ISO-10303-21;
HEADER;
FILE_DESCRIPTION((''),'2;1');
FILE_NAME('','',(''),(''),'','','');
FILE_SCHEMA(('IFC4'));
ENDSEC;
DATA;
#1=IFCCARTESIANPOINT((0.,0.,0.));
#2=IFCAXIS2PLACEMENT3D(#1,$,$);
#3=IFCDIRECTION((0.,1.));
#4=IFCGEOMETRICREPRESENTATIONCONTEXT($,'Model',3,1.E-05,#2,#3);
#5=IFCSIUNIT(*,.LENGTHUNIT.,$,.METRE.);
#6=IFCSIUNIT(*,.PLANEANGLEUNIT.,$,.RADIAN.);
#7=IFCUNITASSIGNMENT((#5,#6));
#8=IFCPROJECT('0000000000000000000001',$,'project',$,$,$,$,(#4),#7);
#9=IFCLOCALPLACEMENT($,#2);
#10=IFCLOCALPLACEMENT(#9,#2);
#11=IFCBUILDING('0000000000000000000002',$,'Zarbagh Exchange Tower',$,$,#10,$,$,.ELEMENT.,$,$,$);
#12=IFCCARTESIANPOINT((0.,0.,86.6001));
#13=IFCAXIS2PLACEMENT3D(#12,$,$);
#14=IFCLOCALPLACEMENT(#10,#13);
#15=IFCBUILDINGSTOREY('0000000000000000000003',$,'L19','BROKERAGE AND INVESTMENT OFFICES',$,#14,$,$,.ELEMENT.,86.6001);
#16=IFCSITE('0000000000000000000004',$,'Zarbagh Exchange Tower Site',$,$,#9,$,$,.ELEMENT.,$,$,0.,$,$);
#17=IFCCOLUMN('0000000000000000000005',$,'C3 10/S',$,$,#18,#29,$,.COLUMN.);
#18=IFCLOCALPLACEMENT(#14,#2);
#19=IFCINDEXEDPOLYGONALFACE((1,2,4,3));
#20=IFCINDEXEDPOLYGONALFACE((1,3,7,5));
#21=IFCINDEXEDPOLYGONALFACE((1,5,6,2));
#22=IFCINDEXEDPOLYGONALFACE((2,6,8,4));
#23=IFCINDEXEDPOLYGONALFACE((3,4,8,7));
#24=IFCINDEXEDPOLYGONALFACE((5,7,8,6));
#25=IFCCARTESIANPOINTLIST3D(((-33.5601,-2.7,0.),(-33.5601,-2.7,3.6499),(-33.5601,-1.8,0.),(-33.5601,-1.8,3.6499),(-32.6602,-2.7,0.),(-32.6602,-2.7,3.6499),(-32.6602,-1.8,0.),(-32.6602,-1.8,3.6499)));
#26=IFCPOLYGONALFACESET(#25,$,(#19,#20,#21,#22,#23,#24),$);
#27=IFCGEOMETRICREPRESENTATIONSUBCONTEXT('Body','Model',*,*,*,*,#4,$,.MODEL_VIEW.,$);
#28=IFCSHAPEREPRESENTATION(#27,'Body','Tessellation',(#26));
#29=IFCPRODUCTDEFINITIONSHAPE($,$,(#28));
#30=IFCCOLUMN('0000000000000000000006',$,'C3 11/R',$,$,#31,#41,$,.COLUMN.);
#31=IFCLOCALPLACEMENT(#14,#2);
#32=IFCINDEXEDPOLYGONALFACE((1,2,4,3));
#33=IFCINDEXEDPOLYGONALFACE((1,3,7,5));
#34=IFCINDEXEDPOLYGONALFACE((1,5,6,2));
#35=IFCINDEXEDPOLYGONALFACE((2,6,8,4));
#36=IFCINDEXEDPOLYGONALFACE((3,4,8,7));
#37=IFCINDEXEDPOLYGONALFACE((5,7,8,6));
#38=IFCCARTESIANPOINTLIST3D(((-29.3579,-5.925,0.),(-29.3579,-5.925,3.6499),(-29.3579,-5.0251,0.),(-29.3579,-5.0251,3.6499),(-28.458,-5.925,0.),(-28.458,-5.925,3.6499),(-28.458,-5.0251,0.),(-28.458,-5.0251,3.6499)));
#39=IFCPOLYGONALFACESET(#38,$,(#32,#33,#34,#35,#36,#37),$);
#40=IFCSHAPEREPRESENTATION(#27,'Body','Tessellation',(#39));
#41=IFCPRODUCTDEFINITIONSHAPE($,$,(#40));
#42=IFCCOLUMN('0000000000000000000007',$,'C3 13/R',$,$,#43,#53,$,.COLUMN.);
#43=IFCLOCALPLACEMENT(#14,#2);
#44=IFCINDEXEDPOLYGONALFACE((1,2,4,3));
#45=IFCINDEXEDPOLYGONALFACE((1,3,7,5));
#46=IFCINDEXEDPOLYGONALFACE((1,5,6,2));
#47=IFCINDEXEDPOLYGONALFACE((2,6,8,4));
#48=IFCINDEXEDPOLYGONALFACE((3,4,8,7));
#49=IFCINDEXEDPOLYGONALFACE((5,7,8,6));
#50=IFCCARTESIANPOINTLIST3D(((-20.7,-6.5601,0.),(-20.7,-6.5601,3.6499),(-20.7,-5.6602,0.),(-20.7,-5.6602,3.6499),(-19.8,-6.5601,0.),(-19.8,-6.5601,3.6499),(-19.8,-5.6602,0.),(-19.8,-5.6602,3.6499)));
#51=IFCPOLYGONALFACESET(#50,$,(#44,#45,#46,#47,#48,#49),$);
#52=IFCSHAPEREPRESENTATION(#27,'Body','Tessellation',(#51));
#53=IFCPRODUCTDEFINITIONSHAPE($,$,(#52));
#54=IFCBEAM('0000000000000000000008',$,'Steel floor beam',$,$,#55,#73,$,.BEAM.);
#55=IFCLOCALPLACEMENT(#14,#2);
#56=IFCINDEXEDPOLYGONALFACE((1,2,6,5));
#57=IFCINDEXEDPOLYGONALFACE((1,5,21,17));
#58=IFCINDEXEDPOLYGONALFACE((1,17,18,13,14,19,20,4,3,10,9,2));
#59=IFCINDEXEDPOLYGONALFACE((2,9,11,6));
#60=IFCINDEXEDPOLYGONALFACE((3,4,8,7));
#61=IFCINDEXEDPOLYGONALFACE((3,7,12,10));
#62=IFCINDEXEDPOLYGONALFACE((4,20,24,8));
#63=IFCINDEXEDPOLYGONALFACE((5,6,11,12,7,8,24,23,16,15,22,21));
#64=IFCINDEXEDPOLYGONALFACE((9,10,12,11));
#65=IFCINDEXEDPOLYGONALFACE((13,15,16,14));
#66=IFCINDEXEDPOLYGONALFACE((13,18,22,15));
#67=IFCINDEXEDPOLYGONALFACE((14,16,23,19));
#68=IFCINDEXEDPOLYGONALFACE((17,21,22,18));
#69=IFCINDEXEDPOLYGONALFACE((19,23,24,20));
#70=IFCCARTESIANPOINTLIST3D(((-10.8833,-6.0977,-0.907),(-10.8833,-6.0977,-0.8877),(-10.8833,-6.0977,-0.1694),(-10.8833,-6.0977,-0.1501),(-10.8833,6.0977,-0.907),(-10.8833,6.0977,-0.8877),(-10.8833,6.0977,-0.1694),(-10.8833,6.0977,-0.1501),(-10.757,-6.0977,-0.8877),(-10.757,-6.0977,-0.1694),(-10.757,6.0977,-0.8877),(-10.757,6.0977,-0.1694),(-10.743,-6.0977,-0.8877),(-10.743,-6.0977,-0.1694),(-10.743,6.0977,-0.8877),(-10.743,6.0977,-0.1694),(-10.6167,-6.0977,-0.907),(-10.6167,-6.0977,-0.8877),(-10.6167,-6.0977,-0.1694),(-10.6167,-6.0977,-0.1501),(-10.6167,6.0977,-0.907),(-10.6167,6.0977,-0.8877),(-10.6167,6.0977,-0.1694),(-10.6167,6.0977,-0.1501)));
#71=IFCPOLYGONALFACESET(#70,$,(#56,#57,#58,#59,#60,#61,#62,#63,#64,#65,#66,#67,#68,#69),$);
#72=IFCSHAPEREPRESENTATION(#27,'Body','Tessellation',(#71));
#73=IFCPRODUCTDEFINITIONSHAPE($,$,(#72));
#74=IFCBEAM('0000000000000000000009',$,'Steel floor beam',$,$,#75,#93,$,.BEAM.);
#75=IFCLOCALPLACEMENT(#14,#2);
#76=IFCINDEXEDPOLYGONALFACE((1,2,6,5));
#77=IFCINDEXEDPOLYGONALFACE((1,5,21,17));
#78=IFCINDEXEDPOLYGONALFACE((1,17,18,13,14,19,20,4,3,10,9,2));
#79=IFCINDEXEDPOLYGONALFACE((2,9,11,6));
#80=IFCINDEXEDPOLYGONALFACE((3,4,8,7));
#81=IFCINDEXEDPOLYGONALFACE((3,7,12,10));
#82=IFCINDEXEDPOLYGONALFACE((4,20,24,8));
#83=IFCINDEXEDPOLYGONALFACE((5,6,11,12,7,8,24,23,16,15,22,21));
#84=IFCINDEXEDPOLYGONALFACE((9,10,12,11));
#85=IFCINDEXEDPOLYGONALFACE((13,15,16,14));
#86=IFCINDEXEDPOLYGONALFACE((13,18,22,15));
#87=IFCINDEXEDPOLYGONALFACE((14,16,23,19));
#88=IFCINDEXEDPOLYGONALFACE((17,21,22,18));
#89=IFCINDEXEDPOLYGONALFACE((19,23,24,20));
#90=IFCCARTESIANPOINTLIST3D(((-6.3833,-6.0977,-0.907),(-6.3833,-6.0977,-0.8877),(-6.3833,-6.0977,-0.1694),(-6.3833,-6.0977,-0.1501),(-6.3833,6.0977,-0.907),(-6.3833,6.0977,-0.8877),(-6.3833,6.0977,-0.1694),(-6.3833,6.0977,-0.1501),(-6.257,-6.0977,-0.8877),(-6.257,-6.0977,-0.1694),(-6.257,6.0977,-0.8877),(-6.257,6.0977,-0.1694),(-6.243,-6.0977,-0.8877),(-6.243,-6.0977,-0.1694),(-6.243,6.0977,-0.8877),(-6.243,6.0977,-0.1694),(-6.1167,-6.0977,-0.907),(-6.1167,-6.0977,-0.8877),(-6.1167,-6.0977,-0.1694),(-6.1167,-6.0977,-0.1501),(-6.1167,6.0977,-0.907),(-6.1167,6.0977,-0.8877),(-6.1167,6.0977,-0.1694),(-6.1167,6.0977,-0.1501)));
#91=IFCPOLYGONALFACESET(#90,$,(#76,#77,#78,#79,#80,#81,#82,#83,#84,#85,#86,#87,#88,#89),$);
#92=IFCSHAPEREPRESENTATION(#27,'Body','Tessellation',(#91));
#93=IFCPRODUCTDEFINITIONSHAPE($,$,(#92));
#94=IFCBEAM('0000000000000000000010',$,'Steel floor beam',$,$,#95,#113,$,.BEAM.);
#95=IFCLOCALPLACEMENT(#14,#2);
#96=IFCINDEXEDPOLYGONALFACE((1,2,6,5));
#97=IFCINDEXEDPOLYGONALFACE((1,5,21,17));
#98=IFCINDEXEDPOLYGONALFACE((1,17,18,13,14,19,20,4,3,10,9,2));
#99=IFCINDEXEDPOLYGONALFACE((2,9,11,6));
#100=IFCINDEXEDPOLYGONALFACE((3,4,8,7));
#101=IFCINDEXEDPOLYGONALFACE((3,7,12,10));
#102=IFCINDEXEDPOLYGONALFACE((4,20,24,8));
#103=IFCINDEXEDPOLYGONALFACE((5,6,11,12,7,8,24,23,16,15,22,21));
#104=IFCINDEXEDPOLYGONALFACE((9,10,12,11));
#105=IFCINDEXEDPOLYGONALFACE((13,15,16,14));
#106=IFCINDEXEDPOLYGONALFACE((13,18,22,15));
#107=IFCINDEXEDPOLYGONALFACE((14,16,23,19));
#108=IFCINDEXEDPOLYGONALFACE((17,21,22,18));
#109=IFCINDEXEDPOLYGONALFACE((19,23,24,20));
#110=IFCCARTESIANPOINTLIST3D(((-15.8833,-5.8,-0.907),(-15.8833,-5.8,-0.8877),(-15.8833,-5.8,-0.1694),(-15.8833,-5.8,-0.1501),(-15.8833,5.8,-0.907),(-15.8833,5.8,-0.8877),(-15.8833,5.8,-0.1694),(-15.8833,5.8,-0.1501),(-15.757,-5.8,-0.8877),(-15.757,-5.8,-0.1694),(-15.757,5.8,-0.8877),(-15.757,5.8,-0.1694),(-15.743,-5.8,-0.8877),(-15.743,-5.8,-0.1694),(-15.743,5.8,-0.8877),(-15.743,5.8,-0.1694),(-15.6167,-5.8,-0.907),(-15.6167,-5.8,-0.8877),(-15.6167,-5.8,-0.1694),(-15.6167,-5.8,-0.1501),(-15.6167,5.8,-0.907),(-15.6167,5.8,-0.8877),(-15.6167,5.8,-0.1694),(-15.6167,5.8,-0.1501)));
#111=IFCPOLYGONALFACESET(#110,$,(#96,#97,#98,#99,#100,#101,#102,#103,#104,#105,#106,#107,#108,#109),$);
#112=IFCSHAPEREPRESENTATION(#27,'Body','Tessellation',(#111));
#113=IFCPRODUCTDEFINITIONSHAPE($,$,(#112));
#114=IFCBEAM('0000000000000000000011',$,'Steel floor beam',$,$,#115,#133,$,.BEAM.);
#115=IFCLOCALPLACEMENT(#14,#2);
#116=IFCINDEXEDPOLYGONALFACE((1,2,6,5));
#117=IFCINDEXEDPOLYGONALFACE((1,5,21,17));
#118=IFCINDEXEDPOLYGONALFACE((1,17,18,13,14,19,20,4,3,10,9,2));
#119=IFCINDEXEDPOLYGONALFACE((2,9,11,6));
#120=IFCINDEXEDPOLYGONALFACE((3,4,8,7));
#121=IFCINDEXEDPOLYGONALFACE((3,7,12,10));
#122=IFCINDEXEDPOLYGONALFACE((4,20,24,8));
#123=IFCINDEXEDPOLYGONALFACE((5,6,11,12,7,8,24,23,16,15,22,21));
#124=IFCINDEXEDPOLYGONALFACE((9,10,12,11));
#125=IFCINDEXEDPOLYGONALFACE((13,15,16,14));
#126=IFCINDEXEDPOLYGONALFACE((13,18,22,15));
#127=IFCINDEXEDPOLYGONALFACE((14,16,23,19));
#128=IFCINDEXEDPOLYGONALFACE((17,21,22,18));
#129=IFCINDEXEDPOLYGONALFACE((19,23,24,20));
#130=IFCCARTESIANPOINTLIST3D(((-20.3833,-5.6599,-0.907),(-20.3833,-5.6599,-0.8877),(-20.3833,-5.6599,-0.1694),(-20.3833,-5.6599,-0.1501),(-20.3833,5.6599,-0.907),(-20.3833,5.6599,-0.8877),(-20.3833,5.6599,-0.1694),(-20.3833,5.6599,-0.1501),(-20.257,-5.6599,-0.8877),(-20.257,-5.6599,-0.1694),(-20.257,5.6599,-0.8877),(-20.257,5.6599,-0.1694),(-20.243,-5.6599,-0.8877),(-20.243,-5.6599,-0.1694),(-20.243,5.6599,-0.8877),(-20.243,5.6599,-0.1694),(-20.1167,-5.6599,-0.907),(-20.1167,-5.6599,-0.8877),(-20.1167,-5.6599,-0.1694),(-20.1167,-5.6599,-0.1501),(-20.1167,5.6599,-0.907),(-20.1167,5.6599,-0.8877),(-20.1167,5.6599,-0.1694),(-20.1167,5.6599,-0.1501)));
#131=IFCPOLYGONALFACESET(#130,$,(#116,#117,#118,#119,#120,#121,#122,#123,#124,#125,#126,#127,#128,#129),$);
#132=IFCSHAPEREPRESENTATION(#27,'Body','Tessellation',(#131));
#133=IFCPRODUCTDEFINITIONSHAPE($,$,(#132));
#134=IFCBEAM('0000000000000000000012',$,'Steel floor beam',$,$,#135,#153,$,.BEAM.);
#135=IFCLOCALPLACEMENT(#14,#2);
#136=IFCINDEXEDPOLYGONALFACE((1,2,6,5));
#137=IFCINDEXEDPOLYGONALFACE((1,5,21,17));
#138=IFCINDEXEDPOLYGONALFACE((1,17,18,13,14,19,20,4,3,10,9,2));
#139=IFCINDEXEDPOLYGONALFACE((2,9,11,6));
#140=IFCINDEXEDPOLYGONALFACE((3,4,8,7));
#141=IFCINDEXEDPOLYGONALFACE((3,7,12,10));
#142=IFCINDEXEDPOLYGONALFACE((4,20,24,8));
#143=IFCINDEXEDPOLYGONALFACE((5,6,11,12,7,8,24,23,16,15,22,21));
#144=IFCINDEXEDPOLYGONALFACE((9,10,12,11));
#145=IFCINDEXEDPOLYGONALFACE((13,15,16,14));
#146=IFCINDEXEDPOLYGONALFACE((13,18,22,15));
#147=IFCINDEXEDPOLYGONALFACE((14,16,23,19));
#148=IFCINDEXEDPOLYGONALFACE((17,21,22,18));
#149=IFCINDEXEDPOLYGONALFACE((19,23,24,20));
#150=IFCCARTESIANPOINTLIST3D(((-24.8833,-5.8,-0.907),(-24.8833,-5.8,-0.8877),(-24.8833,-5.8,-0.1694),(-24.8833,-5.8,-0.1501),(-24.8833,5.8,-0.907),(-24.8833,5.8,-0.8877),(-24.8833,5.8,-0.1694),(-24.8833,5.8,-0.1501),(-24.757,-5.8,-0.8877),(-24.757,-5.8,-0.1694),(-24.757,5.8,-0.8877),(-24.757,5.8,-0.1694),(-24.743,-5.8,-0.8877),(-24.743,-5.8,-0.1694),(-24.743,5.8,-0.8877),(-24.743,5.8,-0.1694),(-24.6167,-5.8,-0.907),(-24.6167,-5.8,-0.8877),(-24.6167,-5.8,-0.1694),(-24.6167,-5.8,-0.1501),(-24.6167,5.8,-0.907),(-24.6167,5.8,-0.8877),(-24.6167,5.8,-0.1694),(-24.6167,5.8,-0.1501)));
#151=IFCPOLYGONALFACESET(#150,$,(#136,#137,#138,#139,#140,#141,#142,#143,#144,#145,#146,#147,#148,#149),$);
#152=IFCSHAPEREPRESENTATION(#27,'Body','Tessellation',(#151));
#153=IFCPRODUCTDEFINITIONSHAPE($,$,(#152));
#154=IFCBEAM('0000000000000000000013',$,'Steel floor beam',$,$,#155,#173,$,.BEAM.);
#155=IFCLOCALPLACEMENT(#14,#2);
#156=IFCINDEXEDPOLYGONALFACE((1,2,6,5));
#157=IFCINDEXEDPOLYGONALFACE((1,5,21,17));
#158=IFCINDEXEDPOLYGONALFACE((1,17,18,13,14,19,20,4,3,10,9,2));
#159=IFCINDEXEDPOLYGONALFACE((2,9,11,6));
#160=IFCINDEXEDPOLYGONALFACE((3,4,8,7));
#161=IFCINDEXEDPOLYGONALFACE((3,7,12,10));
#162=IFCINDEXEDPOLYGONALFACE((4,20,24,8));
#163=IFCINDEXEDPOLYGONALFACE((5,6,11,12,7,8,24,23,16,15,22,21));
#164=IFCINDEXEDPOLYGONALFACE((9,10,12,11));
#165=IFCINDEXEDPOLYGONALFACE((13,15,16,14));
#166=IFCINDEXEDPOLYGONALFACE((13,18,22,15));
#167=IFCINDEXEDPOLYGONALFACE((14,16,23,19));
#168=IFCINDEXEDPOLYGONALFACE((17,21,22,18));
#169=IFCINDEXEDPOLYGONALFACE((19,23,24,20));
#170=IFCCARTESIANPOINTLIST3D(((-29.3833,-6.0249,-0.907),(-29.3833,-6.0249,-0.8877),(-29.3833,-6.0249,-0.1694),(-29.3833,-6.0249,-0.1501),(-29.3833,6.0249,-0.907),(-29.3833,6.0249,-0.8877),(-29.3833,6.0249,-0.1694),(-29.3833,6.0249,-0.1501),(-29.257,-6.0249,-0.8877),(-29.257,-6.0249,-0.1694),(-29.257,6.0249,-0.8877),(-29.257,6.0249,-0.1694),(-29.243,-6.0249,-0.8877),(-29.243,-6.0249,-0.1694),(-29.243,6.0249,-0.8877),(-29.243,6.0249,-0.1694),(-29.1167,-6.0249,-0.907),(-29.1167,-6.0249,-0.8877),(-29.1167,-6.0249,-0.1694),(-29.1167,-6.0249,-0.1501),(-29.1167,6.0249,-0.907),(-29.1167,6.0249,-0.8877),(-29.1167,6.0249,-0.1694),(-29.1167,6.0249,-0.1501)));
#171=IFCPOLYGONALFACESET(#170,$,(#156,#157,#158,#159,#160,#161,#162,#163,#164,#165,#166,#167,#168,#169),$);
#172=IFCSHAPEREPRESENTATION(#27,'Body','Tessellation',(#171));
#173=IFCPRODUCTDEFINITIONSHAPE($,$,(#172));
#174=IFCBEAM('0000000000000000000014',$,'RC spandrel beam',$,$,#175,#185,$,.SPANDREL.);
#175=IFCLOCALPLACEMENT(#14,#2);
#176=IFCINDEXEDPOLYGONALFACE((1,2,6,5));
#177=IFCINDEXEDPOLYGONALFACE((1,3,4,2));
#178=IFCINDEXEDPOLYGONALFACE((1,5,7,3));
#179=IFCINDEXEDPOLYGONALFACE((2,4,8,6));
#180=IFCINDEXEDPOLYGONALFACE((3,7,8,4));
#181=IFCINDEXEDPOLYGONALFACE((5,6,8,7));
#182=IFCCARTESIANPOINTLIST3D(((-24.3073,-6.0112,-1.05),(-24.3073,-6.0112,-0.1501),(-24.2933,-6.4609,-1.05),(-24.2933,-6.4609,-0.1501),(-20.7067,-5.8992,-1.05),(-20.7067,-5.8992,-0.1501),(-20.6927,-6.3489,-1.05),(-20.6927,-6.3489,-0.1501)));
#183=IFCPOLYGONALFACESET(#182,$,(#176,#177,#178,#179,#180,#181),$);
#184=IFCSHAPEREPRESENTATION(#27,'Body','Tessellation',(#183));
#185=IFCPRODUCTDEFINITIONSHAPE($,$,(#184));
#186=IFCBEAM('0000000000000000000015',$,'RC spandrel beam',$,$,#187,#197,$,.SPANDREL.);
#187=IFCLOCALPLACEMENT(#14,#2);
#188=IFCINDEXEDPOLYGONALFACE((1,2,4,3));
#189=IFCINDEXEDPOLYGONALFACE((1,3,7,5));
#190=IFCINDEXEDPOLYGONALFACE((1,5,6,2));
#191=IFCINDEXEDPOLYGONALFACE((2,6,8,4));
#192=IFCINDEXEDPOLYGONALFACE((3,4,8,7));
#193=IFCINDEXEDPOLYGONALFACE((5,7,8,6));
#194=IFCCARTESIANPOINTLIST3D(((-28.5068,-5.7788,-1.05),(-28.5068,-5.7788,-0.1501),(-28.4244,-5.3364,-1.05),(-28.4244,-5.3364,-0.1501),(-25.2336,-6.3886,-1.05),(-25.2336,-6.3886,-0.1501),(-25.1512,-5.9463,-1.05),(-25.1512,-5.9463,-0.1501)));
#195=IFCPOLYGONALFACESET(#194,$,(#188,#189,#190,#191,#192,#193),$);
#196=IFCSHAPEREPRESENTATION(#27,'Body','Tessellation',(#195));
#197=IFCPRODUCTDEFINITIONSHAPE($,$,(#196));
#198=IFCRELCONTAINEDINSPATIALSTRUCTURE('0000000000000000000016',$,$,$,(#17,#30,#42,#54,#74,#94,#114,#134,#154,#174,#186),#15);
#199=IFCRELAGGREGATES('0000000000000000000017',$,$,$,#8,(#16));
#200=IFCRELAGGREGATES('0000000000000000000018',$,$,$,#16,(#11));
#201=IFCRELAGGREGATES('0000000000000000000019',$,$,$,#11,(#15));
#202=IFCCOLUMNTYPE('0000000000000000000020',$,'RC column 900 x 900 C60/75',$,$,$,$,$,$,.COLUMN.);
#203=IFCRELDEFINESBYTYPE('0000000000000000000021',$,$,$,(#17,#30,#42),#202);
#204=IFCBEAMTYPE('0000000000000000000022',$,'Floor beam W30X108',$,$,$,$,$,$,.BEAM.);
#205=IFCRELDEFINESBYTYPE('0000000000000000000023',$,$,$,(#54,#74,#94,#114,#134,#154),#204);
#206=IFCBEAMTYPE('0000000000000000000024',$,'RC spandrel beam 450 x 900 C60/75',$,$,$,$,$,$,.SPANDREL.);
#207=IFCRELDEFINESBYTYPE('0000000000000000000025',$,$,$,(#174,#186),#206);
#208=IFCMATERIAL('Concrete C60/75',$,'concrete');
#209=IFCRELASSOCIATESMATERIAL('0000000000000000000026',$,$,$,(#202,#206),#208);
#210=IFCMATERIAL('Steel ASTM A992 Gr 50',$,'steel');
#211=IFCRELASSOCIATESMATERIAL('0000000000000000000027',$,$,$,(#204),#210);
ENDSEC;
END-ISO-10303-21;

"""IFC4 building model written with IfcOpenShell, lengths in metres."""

from ifc_helpers import new_model, si_unit, direction, frame, origin, origin_2d, place, context, subcontext, project, spatial, rectangle, i_section, extrude, material, material_profile, profile_set, type_object, element, save


model = new_model("IFC4")

# Units and contexts
model_context = context("Model", 3, precision=1e-05, world=origin(), true_north=direction((0.0, 1.0)))
body_context = subcontext(model_context, "Body", "Model", "MODEL_VIEW")
ifc_project = project(units=[si_unit("LENGTHUNIT", "METRE"), si_unit("PLANEANGLEUNIT", "RADIAN")], contexts=[model_context])

# Site, building, storey
site_placement = place(None, origin())
site = spatial("IfcSite", under=ifc_project, at=site_placement, Name="Zarbagh Exchange Tower Site", CompositionType="ELEMENT", RefElevation=0.0)
building_placement = place(site_placement, origin())
building = spatial("IfcBuilding", under=site, at=building_placement, Name="Zarbagh Exchange Tower", CompositionType="ELEMENT")
storey_placement = place(building_placement, frame((0.0, 0.0, 86.6001)))
storey = spatial("IfcBuildingStorey", under=building, at=storey_placement, Name="L19", Description="BROKERAGE AND INVESTMENT OFFICES", CompositionType="ELEMENT", Elevation=86.6001)

# Columns
ifc_material_1 = material(Name="Concrete C60/75", Category="concrete")
ifc_material_profile_1 = material_profile(ifc_material_1, rectangle(XDim=0.8999, YDim=0.8999, at=origin_2d()), Name="RC column 900 x 900 C60/75")
ifc_profile_set_1 = profile_set([ifc_material_profile_1], Name="Concrete C60/75")
column_type = type_object("IfcColumnType", Name="RC column 900 x 900 C60/75", PredefinedType="COLUMN", material=ifc_profile_set_1)
for number, where, z_axis, x_axis, name in (
    (1, (-33.1101, -2.25, 0.0), (0.0, 0.0, 1.0), (1.0, 0.0, 0.0), "C3 10/S"),
    (2, (-28.908, -5.4751, 0.0), (0.0, 0.0, 1.0), (1.0, 0.0, 0.0), "C3 11/R"),
    (3, (-20.25, -6.1101, 0.0), (0.0, 0.0, 1.0), (1.0, 0.0, 0.0), "C3 13/R"),
):
    element("IfcColumn", number, at=place(storey_placement, frame(where, z_axis=z_axis, x_axis=x_axis)), inside=storey, type_object=column_type, Name=name, PredefinedType="COLUMN", context=body_context, shape_type="SweptSolid", body=[
        extrude(rectangle(XDim=0.8999, YDim=0.8999, at=origin_2d()), origin(), (0.0, 0.0, 1.0), 3.6499),
    ])

# Beams
ifc_material_2 = material(Name="Steel ASTM A992 Gr 50", Category="steel")
ifc_material_profile_2 = material_profile(ifc_material_2, i_section(OverallWidth=0.2666, OverallDepth=0.7568, WebThickness=0.0139, FlangeThickness=0.0193, at=origin_2d()), Name="W30X108")
ifc_profile_set_2 = profile_set([ifc_material_profile_2], Name="Steel ASTM A992 Gr 50")
beam_type_1 = type_object("IfcBeamType", Name="Floor beam W30X108", PredefinedType="BEAM", material=ifc_profile_set_2)
for number, where, z_axis, x_axis, name in (
    (4, (-10.75, -6.0977, -0.5286), (0.0, 1.0, 0.0), (-1.0, 0.0, 0.0), "Steel floor beam"),
    (5, (-6.25, -6.0977, -0.5286), (0.0, 1.0, 0.0), (-1.0, 0.0, 0.0), "Steel floor beam"),
):
    element("IfcBeam", number, at=place(storey_placement, frame(where, z_axis=z_axis, x_axis=x_axis)), inside=storey, type_object=beam_type_1, Name=name, PredefinedType="BEAM", context=body_context, shape_type="SweptSolid", body=[
        extrude(i_section(OverallWidth=0.2666, OverallDepth=0.7568, WebThickness=0.0139, FlangeThickness=0.0193, at=origin_2d()), origin(), (0.0, 0.0, 1.0), 12.1953),
    ])
beam_1_placement = place(storey_placement, frame((-15.75, -5.8, -0.5286), z_axis=(0.0, 1.0, 0.0), x_axis=(-1.0, 0.0, 0.0)))
element("IfcBeam", 6, at=beam_1_placement, inside=storey, type_object=beam_type_1, Name="Steel floor beam", PredefinedType="BEAM", context=body_context, shape_type="SweptSolid", body=[
    extrude(i_section(OverallWidth=0.2666, OverallDepth=0.7568, WebThickness=0.0139, FlangeThickness=0.0193, at=origin_2d()), origin(), (0.0, 0.0, 1.0), 11.6001),
])
beam_2_placement = place(storey_placement, frame((-20.25, -5.6599, -0.5286), z_axis=(0.0, 1.0, 0.0), x_axis=(-1.0, 0.0, 0.0)))
element("IfcBeam", 7, at=beam_2_placement, inside=storey, type_object=beam_type_1, Name="Steel floor beam", PredefinedType="BEAM", context=body_context, shape_type="SweptSolid", body=[
    extrude(i_section(OverallWidth=0.2666, OverallDepth=0.7568, WebThickness=0.0139, FlangeThickness=0.0193, at=origin_2d()), origin(), (0.0, 0.0, 1.0), 11.3198),
])
beam_3_placement = place(storey_placement, frame((-24.75, -5.8, -0.5286), z_axis=(0.0, 1.0, 0.0), x_axis=(-1.0, 0.0, 0.0)))
element("IfcBeam", 8, at=beam_3_placement, inside=storey, type_object=beam_type_1, Name="Steel floor beam", PredefinedType="BEAM", context=body_context, shape_type="SweptSolid", body=[
    extrude(i_section(OverallWidth=0.2666, OverallDepth=0.7568, WebThickness=0.0139, FlangeThickness=0.0193, at=origin_2d()), origin(), (0.0, 0.0, 1.0), 11.6001),
])
beam_4_placement = place(storey_placement, frame((-29.25, -6.0249, -0.5286), z_axis=(0.0, 1.0, 0.0), x_axis=(-1.0, 0.0, 0.0)))
element("IfcBeam", 9, at=beam_4_placement, inside=storey, type_object=beam_type_1, Name="Steel floor beam", PredefinedType="BEAM", context=body_context, shape_type="SweptSolid", body=[
    extrude(i_section(OverallWidth=0.2666, OverallDepth=0.7568, WebThickness=0.0139, FlangeThickness=0.0193, at=origin_2d()), origin(), (0.0, 0.0, 1.0), 12.0498),
])
ifc_material_profile_3 = material_profile(ifc_material_1, rectangle(XDim=0.45, YDim=0.8999, at=origin_2d()), Name="RC spandrel beam 450 x 900 C60/75")
ifc_profile_set_3 = profile_set([ifc_material_profile_3], Name="Concrete C60/75")
beam_type_2 = type_object("IfcBeamType", Name="RC spandrel beam 450 x 900 C60/75", PredefinedType="SPANDREL", material=ifc_profile_set_3)
beam_5_placement = place(storey_placement, frame((-20.6997, -6.124, -0.6001), z_axis=(-0.999516, -0.031108, 0.0), x_axis=(0.031108, -0.999516, 0.0)))
element("IfcBeam", 10, at=beam_5_placement, inside=storey, type_object=beam_type_2, Name="RC spandrel beam", PredefinedType="SPANDREL", context=body_context, shape_type="SweptSolid", body=[
    extrude(rectangle(XDim=0.45, YDim=0.8999, at=origin_2d()), origin(), (0.0, 0.0, 1.0), 3.6023),
])
beam_6_placement = place(storey_placement, frame((-25.1924, -6.1675, -0.6001), z_axis=(-0.983082, 0.183168, 0.0), x_axis=(-0.183168, -0.983082, 0.0)))
element("IfcBeam", 11, at=beam_6_placement, inside=storey, type_object=beam_type_2, Name="RC spandrel beam", PredefinedType="SPANDREL", context=body_context, shape_type="SweptSolid", body=[
    extrude(rectangle(XDim=0.45, YDim=0.8999, at=origin_2d()), origin(), (0.0, 0.0, 1.0), 3.3296),
])

save(model, "model.ifc")
